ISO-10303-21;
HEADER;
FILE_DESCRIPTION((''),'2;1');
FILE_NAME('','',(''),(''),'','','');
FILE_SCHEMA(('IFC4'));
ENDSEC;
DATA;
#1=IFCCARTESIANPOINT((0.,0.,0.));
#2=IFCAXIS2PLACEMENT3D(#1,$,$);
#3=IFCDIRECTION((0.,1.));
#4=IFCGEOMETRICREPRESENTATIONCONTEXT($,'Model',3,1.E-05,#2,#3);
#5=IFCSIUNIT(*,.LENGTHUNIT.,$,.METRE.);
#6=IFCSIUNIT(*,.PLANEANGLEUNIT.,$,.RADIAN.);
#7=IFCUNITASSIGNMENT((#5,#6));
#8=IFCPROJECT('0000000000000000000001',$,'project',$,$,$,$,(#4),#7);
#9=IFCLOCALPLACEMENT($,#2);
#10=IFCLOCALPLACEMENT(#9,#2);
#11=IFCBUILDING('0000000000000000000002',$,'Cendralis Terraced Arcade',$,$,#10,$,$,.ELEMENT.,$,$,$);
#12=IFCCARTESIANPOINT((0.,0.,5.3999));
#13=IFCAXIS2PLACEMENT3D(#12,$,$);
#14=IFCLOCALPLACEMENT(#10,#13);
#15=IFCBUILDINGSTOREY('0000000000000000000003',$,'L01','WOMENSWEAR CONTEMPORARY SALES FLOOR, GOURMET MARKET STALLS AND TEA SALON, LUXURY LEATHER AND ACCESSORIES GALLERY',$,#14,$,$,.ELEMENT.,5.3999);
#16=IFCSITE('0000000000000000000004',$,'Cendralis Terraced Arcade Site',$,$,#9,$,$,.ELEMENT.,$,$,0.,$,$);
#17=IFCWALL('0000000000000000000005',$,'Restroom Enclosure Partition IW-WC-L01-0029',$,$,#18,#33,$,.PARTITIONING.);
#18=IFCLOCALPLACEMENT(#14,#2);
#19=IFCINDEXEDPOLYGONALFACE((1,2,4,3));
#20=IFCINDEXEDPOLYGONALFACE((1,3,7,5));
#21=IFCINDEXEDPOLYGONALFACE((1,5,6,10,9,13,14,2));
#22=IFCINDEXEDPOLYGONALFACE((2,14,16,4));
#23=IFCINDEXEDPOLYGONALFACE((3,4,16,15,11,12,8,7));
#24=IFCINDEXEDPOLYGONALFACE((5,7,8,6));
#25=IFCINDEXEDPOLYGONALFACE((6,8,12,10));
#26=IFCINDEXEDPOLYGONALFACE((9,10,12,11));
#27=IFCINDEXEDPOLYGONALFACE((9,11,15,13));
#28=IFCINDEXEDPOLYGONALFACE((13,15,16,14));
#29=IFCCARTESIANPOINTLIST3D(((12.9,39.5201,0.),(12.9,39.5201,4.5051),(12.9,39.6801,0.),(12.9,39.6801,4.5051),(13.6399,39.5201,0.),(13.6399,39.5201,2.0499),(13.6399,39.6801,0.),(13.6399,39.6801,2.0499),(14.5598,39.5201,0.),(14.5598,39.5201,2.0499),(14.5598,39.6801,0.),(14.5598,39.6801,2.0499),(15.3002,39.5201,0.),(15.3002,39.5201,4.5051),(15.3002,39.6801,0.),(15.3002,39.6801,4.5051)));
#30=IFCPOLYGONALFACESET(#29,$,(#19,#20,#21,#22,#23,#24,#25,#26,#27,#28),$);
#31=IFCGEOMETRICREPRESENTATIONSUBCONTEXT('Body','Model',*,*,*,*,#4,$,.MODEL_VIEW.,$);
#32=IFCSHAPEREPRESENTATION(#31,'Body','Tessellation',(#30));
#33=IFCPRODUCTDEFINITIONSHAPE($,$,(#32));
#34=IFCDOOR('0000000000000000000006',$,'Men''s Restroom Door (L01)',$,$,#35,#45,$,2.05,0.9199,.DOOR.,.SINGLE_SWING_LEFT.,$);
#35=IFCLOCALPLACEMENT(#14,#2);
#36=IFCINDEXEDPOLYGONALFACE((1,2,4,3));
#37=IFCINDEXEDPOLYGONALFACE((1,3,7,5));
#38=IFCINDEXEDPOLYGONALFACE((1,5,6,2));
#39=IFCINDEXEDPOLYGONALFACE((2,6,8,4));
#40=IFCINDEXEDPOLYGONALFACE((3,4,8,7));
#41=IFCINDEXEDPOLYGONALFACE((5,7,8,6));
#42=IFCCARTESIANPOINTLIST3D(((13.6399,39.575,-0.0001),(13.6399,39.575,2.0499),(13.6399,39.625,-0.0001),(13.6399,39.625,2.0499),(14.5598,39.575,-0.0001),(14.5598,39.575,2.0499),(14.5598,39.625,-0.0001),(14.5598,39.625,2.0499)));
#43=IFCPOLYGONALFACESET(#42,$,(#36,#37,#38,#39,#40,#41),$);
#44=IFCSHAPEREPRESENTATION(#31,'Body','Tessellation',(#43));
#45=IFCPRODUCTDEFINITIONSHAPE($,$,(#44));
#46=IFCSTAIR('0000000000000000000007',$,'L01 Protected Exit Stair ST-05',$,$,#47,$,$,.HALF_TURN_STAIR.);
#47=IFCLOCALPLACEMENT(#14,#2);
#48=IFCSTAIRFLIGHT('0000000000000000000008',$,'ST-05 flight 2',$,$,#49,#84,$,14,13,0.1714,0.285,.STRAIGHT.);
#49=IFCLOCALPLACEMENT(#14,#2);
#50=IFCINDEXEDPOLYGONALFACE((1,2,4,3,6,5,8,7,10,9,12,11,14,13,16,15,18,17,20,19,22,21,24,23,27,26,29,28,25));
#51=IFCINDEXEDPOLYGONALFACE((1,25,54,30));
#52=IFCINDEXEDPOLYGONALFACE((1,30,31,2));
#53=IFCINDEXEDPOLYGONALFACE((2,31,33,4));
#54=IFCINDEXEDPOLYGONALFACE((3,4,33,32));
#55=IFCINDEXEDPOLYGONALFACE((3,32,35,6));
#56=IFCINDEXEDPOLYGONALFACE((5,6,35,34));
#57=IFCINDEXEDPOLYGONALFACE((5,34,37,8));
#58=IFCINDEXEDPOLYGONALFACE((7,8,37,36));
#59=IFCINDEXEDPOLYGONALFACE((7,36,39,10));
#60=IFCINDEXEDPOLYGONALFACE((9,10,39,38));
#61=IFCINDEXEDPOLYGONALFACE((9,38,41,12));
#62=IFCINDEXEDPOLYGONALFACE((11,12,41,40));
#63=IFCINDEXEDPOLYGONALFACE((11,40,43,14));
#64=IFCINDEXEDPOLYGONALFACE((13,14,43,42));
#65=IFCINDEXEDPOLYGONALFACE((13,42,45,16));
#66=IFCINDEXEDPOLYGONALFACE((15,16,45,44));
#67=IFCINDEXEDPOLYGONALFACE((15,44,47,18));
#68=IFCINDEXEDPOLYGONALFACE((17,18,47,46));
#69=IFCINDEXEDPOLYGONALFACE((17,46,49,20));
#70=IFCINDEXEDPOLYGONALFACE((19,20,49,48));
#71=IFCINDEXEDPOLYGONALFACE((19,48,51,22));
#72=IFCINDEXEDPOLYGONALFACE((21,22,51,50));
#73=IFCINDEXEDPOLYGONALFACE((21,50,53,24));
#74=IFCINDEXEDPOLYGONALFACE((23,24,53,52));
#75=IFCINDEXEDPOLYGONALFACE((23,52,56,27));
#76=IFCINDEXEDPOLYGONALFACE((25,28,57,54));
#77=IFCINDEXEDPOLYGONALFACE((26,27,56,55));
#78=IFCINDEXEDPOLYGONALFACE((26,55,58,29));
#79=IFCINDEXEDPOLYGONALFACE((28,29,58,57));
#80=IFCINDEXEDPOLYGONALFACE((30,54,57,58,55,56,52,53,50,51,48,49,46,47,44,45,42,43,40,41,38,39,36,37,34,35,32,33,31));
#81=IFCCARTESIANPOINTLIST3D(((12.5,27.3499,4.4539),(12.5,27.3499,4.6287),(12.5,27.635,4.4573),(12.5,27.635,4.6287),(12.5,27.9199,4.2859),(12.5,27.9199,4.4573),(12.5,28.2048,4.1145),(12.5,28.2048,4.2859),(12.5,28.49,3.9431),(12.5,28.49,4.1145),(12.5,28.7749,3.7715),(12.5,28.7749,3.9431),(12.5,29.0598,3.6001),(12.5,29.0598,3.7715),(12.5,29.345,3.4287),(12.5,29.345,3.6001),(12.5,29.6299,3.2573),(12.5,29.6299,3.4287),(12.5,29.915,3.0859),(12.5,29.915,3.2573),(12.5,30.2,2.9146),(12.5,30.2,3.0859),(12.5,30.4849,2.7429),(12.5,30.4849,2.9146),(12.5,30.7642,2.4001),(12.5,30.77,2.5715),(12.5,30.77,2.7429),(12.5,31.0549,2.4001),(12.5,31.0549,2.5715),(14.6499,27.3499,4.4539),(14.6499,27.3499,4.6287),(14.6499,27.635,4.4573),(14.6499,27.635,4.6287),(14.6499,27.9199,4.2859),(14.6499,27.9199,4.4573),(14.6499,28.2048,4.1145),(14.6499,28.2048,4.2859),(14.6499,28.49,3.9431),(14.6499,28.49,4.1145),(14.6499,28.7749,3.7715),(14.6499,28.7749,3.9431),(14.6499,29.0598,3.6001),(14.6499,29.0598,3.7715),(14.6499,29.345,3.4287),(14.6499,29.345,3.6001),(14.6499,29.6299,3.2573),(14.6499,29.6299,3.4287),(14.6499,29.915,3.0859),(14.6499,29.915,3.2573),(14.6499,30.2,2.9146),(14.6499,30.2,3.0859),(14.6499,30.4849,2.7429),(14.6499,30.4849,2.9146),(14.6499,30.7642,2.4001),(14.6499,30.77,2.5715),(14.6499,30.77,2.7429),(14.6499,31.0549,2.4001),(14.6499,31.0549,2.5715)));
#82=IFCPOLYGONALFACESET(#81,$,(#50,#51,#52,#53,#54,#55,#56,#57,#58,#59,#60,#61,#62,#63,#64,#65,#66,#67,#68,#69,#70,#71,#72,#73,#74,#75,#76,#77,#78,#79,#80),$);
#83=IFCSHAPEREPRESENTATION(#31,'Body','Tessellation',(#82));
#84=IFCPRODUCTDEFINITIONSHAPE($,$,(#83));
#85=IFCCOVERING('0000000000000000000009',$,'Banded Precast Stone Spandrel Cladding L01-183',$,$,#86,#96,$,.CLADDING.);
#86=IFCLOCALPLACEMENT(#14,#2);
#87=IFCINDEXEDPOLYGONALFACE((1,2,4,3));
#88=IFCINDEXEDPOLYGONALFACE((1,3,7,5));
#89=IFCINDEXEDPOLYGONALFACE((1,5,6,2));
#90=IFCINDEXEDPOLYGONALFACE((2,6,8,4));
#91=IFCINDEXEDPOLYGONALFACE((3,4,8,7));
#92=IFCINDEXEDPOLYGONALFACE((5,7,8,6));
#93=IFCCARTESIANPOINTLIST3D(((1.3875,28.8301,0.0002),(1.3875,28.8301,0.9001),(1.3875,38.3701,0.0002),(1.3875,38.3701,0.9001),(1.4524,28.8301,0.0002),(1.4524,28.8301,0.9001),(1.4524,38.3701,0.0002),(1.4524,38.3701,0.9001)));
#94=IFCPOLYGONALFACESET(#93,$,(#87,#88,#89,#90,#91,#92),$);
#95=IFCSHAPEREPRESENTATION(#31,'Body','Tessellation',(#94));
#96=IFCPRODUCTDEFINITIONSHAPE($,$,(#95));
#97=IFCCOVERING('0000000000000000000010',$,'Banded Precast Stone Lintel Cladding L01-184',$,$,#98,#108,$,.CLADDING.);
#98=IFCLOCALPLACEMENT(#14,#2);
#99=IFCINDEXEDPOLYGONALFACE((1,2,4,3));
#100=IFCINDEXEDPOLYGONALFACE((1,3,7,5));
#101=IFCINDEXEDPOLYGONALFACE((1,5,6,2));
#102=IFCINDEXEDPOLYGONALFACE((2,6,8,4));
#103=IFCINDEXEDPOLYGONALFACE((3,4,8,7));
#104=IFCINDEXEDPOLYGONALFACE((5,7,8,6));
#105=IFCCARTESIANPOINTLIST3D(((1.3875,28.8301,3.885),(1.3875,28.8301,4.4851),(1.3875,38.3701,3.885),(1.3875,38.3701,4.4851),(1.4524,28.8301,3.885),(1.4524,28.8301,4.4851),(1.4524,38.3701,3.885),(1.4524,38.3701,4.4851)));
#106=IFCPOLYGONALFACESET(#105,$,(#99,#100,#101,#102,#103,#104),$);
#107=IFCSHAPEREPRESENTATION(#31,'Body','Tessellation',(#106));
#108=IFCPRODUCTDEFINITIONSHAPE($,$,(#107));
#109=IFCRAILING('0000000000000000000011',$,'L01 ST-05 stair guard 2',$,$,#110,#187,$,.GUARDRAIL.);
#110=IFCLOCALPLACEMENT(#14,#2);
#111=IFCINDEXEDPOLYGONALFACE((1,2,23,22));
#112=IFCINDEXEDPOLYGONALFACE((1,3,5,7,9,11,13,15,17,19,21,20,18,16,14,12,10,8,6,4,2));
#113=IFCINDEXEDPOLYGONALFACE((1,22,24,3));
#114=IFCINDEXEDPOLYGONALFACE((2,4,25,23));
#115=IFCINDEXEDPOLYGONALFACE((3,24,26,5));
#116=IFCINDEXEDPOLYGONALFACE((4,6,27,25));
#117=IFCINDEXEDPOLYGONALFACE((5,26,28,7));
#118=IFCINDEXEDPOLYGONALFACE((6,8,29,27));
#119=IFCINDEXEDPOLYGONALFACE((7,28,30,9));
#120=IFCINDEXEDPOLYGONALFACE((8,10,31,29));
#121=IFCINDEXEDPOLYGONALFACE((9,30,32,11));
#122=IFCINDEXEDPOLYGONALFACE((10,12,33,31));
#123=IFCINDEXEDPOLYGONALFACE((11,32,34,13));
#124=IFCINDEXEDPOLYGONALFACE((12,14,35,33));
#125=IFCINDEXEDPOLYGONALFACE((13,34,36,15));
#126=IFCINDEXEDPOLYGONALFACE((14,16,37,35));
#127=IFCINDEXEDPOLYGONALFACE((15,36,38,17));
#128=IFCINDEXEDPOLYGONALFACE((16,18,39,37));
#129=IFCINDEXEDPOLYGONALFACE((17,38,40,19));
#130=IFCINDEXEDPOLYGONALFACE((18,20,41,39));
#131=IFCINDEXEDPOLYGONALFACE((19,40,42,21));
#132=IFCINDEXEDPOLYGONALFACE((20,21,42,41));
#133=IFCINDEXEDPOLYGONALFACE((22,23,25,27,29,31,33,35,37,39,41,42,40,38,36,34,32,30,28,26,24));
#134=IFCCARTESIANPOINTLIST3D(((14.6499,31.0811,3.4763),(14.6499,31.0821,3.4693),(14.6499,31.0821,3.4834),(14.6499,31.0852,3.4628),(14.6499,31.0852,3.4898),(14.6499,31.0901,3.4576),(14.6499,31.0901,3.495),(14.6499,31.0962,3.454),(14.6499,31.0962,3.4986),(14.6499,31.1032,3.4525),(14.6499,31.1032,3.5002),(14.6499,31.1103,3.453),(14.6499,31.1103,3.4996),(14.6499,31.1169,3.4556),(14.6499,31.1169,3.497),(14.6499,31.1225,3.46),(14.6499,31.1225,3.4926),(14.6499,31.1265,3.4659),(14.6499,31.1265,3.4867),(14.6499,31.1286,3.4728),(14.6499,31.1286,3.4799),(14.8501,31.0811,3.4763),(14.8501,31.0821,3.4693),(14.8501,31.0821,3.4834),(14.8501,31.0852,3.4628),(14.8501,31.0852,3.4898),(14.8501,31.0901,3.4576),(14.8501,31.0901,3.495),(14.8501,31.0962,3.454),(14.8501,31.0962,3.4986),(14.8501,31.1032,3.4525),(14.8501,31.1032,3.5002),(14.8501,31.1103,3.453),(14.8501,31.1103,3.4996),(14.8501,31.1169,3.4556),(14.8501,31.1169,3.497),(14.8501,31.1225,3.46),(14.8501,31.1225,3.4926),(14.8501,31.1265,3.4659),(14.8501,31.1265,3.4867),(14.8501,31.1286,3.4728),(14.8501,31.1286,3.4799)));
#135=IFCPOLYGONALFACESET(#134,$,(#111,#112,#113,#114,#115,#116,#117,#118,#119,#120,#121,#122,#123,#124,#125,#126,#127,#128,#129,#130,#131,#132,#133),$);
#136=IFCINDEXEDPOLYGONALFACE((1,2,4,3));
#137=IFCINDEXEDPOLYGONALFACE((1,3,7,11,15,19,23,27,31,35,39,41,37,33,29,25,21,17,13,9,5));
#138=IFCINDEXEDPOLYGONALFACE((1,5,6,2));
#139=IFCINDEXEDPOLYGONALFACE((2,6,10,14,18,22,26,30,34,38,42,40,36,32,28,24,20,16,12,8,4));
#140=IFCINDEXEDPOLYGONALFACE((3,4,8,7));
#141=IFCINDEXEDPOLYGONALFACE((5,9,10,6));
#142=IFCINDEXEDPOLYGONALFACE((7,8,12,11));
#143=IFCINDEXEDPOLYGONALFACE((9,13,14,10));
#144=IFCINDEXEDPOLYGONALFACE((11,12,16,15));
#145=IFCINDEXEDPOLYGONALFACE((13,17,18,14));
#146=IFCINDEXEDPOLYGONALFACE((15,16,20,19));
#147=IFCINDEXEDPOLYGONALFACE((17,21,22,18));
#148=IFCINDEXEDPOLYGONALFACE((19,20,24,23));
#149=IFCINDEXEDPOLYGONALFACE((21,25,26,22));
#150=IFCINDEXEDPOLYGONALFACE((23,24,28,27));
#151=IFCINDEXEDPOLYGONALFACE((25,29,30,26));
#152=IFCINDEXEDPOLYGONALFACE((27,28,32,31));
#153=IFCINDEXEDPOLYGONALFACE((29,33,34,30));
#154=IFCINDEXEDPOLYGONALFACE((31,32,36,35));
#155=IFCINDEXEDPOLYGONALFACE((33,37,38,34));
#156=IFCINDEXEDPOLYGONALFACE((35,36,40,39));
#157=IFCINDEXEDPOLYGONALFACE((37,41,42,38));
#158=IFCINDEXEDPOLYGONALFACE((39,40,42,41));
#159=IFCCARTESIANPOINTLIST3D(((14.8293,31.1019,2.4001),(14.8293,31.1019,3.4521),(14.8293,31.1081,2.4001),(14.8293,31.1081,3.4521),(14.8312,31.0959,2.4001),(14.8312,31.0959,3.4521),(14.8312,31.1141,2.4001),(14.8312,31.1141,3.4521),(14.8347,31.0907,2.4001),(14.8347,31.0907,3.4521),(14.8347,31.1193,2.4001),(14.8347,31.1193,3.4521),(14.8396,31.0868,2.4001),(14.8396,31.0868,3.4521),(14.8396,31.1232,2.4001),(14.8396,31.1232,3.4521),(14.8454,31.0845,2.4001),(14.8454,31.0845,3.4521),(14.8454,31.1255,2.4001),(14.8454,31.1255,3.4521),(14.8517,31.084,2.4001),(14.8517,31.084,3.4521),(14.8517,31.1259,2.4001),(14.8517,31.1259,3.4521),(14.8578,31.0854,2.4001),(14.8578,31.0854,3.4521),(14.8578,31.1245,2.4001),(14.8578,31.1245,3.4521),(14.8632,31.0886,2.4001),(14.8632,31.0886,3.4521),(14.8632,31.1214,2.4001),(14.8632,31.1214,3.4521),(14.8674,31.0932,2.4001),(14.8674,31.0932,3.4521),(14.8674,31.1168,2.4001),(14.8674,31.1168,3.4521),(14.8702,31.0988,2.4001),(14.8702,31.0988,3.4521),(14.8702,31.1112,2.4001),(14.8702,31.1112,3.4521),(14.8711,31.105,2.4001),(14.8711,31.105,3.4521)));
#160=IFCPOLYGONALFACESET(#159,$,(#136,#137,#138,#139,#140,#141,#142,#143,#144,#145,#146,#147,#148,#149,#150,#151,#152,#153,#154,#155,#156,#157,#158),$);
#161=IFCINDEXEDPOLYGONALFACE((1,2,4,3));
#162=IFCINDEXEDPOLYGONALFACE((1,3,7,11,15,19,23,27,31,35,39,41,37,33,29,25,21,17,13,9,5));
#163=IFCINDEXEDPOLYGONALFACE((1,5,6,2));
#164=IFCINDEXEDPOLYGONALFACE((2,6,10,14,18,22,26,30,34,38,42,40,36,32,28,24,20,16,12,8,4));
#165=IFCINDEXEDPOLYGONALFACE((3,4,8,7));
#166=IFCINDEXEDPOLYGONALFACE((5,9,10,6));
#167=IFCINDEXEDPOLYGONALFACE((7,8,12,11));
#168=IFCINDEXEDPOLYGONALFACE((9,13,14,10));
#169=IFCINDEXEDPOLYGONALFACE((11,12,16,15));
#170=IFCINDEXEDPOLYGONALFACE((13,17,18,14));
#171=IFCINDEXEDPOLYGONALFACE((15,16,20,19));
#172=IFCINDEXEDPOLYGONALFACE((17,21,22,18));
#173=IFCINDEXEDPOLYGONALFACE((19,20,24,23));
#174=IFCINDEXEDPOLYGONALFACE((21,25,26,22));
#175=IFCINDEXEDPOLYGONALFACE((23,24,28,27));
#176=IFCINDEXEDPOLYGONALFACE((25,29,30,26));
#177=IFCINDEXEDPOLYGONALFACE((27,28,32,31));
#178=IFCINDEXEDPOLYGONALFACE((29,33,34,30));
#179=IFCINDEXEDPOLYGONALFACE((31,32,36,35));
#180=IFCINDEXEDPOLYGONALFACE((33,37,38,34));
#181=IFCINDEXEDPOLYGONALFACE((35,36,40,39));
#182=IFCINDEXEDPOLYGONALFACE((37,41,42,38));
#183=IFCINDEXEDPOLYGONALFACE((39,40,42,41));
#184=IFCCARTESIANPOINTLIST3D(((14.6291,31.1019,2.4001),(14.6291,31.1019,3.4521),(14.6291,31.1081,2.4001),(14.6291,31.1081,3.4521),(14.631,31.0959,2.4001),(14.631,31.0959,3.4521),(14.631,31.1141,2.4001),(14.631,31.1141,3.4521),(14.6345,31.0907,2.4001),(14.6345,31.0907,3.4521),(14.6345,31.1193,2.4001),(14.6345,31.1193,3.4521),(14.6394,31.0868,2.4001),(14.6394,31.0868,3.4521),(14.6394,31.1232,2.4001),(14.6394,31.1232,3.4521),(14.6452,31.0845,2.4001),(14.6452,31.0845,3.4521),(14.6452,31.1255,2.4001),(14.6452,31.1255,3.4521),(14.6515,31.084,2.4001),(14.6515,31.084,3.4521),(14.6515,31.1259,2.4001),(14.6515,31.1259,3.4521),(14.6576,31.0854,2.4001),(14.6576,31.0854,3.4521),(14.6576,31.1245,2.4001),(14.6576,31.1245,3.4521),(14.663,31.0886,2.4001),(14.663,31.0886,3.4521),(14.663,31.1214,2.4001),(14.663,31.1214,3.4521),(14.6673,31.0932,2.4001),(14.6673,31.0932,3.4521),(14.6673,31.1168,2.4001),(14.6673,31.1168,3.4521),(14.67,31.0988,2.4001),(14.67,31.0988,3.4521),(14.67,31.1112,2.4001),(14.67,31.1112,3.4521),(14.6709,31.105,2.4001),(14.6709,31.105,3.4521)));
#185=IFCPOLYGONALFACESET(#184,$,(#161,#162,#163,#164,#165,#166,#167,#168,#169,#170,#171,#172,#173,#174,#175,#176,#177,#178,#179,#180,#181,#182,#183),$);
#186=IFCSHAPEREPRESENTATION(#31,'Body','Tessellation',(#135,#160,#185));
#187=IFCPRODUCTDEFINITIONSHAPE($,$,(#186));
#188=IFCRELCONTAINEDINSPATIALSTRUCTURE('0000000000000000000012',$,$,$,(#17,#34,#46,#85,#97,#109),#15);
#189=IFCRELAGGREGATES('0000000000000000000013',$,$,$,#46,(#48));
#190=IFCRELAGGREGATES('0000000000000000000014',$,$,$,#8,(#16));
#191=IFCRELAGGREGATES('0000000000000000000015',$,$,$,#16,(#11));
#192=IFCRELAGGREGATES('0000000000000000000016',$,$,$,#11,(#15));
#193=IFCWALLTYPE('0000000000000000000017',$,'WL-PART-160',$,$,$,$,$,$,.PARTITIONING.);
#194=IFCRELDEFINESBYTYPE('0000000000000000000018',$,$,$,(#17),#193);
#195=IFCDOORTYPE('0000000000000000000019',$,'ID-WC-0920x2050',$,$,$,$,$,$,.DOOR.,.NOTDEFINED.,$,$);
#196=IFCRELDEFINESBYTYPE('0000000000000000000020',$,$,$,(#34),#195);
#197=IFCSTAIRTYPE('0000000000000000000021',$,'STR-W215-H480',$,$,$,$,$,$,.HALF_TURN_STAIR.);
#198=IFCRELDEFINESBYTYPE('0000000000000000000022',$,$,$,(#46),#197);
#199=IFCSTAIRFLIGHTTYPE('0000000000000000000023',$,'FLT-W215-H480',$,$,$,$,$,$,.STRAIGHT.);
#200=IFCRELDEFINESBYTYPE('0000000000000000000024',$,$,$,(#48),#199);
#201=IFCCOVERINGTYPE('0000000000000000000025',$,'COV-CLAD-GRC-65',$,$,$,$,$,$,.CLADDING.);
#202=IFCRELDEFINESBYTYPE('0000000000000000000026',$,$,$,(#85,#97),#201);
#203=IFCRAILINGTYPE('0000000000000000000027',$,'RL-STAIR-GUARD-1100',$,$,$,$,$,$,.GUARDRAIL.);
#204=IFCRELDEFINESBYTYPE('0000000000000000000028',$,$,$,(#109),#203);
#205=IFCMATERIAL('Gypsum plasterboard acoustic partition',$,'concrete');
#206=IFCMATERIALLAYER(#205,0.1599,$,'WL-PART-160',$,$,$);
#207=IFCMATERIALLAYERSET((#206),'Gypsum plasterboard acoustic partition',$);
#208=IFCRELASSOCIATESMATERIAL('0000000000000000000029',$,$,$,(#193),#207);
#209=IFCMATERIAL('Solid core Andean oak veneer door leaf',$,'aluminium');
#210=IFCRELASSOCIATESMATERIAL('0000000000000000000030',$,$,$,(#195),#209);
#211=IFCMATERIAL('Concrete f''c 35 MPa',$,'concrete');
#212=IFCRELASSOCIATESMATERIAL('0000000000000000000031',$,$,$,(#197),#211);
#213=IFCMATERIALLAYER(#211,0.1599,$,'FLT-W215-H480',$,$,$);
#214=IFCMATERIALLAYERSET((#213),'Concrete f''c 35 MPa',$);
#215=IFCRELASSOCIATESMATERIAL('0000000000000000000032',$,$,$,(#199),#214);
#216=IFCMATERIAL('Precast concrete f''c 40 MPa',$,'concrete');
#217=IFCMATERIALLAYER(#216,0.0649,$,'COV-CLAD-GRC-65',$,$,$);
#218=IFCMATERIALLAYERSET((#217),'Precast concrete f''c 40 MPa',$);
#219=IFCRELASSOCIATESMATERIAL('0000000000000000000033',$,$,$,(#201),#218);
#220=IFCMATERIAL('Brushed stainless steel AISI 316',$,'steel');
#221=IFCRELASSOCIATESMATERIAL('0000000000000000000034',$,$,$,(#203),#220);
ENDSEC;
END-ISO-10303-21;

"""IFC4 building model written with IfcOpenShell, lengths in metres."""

from ifc_helpers import new_model, si_unit, direction, frame, frame_2d, origin, origin_2d, place, context, subcontext, project, spatial, polyline, rectangle, circle, outline, extrude, material, layer, layer_set, type_object, element, fill, aggregate, save


model = new_model("IFC4")

# Units and contexts
model_context = context("Model", 3, precision=1e-05, world=origin(), true_north=direction((0.0, 1.0)))
body_context = subcontext(model_context, "Body", "Model", "MODEL_VIEW")
ifc_project = project(units=[si_unit("LENGTHUNIT", "METRE"), si_unit("PLANEANGLEUNIT", "RADIAN")], contexts=[model_context])

# Site, building, storey
site_placement = place(None, origin())
site = spatial("IfcSite", under=ifc_project, at=site_placement, Name="Cendralis Terraced Arcade Site", CompositionType="ELEMENT", RefElevation=0.0)
building_placement = place(site_placement, origin())
building = spatial("IfcBuilding", under=site, at=building_placement, Name="Cendralis Terraced Arcade", CompositionType="ELEMENT")
storey_placement = place(building_placement, frame((0.0, 0.0, 5.3999)))
storey = spatial("IfcBuildingStorey", under=building, at=storey_placement, Name="L01", Description="WOMENSWEAR CONTEMPORARY SALES FLOOR, GOURMET MARKET STALLS AND TEA SALON, LUXURY LEATHER AND ACCESSORIES GALLERY", CompositionType="ELEMENT", Elevation=5.3999)

# Shared definitions
ifc_material_1 = material(Name="Concrete f'c 35 MPa", Category="concrete")

# Shared definitions
ifc_material_2 = material(Name="Gypsum plasterboard acoustic partition", Category="concrete")
ifc_layer_1 = layer(ifc_material_2, 0.1599, Name="WL-PART-160")
ifc_layer_set_1 = layer_set([ifc_layer_1], Name="Gypsum plasterboard acoustic partition")
wall_type_1 = type_object("IfcWallType", Name="WL-PART-160", PredefinedType="PARTITIONING", material=ifc_layer_set_1)

# Wall, opening, door
ifc_material_3 = material(Name="Solid core Andean oak veneer door leaf", Category="aluminium")
wall_1_placement = place(storey_placement, frame((12.8999, 39.6001, 0.0), z_axis=(0.0, 0.0, 1.0), x_axis=(1.0, 0.0, 0.0)))
wall_1 = element("IfcWall", 1, at=wall_1_placement, inside=storey, type_object=wall_type_1, Name="Restroom Enclosure Partition IW-WC-L01-0029", PredefinedType="PARTITIONING", context=body_context, shape_type="SweptSolid", body=[
    extrude(rectangle(XDim=2.4001, YDim=0.1599, at=frame_2d((1.2002, 0.0))), origin(), (0.0, 0.0, 1.0), 4.5051),
])
opening_1_placement = place(wall_1_placement, frame((0.74, 0.0, 0.0)))
opening_1 = element("IfcOpeningElement", 2, at=opening_1_placement, cuts=wall_1, PredefinedType="OPENING", context=body_context, shape_type="SweptSolid", body=[
    extrude(rectangle(XDim=0.9199, YDim=2.05, at=frame_2d((0.46, 1.0249))), frame((0.0, 0.0918, 0.0), z_axis=(0.0, -1.0, 0.0), x_axis=(1.0, 0.0, 0.0)), (0.0, 0.0, 1.0), 0.1838),
])
door_type_1 = type_object("IfcDoorType", Name="ID-WC-0920x2050", OperationType="NOTDEFINED", PredefinedType="DOOR", material=ifc_material_3)
door_1_placement = place(opening_1_placement, origin())
door_1 = element("IfcDoor", 3, at=door_1_placement, inside=storey, type_object=door_type_1, Name="Men's Restroom Door (L01)", OperationType="SINGLE_SWING_LEFT", OverallHeight=2.05, OverallWidth=0.9199, PredefinedType="DOOR", context=body_context, shape_type="SweptSolid", body=[
    extrude(rectangle(XDim=0.9199, YDim=2.05, at=frame_2d((0.46, 1.0249))), frame((0.0, 0.0249, 0.0), z_axis=(0.0, -1.0, 0.0), x_axis=(1.0, 0.0, 0.0)), (0.0, 0.0, 1.0), 0.05),
])
fill(opening_1, door_1)

# Stair, stair flight
stair_type = type_object("IfcStairType", Name="STR-W215-H480", PredefinedType="HALF_TURN_STAIR", material=ifc_material_1)
stair_placement = place(storey_placement, origin())
stair = element("IfcStair", 4, at=stair_placement, inside=storey, type_object=stair_type, Name="L01 Protected Exit Stair ST-05", PredefinedType="HALF_TURN_STAIR")
ifc_layer_2 = layer(ifc_material_1, 0.1599, Name="FLT-W215-H480")
ifc_layer_set_2 = layer_set([ifc_layer_2], Name="Concrete f'c 35 MPa")
stair_flight_type = type_object("IfcStairFlightType", Name="FLT-W215-H480", PredefinedType="STRAIGHT", material=ifc_layer_set_2)
stair_flight_placement = place(storey_placement, frame((13.575, 31.0549, 2.4001), z_axis=(0.0, 0.0, 1.0), x_axis=(0.0, -1.0, 0.0)))
stair_flight = element("IfcStairFlight", 5, at=stair_flight_placement, type_object=stair_flight_type, Name="ST-05 flight 2", NumberOfRisers=14, NumberOfTreads=13, PredefinedType="STRAIGHT", RiserHeight=0.1714, TreadLength=0.285, context=body_context, shape_type="SweptSolid", body=[
    extrude(outline(polyline([(0.0, 0.0), (0.0, 0.1714), (0.2849, 0.1714), (0.2849, 0.3428), (0.5701, 0.3428), (0.5701, 0.5144), (0.855, 0.5144), (0.855, 0.6858), (1.1399, 0.6858), (1.1399, 0.8572), (1.425, 0.8572), (1.425, 1.0286), (1.71, 1.0286), (1.71, 1.2), (1.9951, 1.2), (1.9951, 1.3713), (2.28, 1.3713), (2.28, 1.543), (2.5649, 1.543), (2.5649, 1.7144), (2.8501, 1.7144), (2.8501, 1.8857), (3.135, 1.8857), (3.135, 2.0571), (3.4199, 2.0571), (3.4199, 2.2285), (3.7051, 2.2285), (3.7051, 2.3999), (3.7051, 2.0537), (0.2908, 0.0), (0.0, 0.0)])), frame((0.0, 1.075, 0.0), z_axis=(0.0, -1.0, 0.0), x_axis=(1.0, 0.0, 0.0)), (0.0, 0.0, 1.0), 2.1499),
])
aggregate(stair, [stair_flight])

# Coverings
ifc_material_4 = material(Name="Precast concrete f'c 40 MPa", Category="concrete")
ifc_layer_3 = layer(ifc_material_4, 0.0649, Name="COV-CLAD-GRC-65")
ifc_layer_set_3 = layer_set([ifc_layer_3], Name="Precast concrete f'c 40 MPa")
covering_type = type_object("IfcCoveringType", Name="COV-CLAD-GRC-65", PredefinedType="CLADDING", material=ifc_layer_set_3)
covering_1_placement = place(storey_placement, frame((1.4199, 33.6001, 0.0002), z_axis=(0.0, 0.0, 1.0), x_axis=(0.0, 1.0, 0.0)))
element("IfcCovering", 6, at=covering_1_placement, inside=storey, type_object=covering_type, Name="Banded Precast Stone Spandrel Cladding L01-183", PredefinedType="CLADDING", context=body_context, shape_type="SweptSolid", body=[
    extrude(rectangle(XDim=9.54, YDim=0.0649, at=origin_2d()), origin(), (0.0, 0.0, 1.0), 0.8999),
])
covering_2_placement = place(storey_placement, frame((1.4199, 33.6001, 3.885), z_axis=(0.0, 0.0, 1.0), x_axis=(0.0, 1.0, 0.0)))
element("IfcCovering", 7, at=covering_2_placement, inside=storey, type_object=covering_type, Name="Banded Precast Stone Lintel Cladding L01-184", PredefinedType="CLADDING", context=body_context, shape_type="SweptSolid", body=[
    extrude(rectangle(XDim=9.54, YDim=0.0649, at=origin_2d()), origin(), (0.0, 0.0, 1.0), 0.6001),
])

# Railing
ifc_material_5 = material(Name="Brushed stainless steel AISI 316", Category="steel")
railing_type = type_object("IfcRailingType", Name="RL-STAIR-GUARD-1100", PredefinedType="GUARDRAIL", material=ifc_material_5)
railing_1_placement = place(storey_placement, frame((14.8501, 31.105, 2.4001)))
element("IfcRailing", 8, at=railing_1_placement, inside=storey, type_object=railing_type, Name="L01 ST-05 stair guard 2", PredefinedType="GUARDRAIL", context=body_context, shape_type="SweptSolid", body=[
    extrude(circle(Radius=0.0239, at=origin_2d()), frame((0.0, 0.0, 1.0762), z_axis=(-1.0, 0.0, 0.0), x_axis=(0.0, -1.0, 0.0)), (0.0, 0.0, 1.0), 0.2002),
    extrude(circle(Radius=0.021, at=origin_2d()), origin(), (0.0, 0.0, 1.0), 1.052),
    extrude(circle(Radius=0.021, at=origin_2d()), frame((-0.2002, 0.0, 0.0)), (0.0, 0.0, 1.0), 1.052),
])

save(model, "model.ifc")
